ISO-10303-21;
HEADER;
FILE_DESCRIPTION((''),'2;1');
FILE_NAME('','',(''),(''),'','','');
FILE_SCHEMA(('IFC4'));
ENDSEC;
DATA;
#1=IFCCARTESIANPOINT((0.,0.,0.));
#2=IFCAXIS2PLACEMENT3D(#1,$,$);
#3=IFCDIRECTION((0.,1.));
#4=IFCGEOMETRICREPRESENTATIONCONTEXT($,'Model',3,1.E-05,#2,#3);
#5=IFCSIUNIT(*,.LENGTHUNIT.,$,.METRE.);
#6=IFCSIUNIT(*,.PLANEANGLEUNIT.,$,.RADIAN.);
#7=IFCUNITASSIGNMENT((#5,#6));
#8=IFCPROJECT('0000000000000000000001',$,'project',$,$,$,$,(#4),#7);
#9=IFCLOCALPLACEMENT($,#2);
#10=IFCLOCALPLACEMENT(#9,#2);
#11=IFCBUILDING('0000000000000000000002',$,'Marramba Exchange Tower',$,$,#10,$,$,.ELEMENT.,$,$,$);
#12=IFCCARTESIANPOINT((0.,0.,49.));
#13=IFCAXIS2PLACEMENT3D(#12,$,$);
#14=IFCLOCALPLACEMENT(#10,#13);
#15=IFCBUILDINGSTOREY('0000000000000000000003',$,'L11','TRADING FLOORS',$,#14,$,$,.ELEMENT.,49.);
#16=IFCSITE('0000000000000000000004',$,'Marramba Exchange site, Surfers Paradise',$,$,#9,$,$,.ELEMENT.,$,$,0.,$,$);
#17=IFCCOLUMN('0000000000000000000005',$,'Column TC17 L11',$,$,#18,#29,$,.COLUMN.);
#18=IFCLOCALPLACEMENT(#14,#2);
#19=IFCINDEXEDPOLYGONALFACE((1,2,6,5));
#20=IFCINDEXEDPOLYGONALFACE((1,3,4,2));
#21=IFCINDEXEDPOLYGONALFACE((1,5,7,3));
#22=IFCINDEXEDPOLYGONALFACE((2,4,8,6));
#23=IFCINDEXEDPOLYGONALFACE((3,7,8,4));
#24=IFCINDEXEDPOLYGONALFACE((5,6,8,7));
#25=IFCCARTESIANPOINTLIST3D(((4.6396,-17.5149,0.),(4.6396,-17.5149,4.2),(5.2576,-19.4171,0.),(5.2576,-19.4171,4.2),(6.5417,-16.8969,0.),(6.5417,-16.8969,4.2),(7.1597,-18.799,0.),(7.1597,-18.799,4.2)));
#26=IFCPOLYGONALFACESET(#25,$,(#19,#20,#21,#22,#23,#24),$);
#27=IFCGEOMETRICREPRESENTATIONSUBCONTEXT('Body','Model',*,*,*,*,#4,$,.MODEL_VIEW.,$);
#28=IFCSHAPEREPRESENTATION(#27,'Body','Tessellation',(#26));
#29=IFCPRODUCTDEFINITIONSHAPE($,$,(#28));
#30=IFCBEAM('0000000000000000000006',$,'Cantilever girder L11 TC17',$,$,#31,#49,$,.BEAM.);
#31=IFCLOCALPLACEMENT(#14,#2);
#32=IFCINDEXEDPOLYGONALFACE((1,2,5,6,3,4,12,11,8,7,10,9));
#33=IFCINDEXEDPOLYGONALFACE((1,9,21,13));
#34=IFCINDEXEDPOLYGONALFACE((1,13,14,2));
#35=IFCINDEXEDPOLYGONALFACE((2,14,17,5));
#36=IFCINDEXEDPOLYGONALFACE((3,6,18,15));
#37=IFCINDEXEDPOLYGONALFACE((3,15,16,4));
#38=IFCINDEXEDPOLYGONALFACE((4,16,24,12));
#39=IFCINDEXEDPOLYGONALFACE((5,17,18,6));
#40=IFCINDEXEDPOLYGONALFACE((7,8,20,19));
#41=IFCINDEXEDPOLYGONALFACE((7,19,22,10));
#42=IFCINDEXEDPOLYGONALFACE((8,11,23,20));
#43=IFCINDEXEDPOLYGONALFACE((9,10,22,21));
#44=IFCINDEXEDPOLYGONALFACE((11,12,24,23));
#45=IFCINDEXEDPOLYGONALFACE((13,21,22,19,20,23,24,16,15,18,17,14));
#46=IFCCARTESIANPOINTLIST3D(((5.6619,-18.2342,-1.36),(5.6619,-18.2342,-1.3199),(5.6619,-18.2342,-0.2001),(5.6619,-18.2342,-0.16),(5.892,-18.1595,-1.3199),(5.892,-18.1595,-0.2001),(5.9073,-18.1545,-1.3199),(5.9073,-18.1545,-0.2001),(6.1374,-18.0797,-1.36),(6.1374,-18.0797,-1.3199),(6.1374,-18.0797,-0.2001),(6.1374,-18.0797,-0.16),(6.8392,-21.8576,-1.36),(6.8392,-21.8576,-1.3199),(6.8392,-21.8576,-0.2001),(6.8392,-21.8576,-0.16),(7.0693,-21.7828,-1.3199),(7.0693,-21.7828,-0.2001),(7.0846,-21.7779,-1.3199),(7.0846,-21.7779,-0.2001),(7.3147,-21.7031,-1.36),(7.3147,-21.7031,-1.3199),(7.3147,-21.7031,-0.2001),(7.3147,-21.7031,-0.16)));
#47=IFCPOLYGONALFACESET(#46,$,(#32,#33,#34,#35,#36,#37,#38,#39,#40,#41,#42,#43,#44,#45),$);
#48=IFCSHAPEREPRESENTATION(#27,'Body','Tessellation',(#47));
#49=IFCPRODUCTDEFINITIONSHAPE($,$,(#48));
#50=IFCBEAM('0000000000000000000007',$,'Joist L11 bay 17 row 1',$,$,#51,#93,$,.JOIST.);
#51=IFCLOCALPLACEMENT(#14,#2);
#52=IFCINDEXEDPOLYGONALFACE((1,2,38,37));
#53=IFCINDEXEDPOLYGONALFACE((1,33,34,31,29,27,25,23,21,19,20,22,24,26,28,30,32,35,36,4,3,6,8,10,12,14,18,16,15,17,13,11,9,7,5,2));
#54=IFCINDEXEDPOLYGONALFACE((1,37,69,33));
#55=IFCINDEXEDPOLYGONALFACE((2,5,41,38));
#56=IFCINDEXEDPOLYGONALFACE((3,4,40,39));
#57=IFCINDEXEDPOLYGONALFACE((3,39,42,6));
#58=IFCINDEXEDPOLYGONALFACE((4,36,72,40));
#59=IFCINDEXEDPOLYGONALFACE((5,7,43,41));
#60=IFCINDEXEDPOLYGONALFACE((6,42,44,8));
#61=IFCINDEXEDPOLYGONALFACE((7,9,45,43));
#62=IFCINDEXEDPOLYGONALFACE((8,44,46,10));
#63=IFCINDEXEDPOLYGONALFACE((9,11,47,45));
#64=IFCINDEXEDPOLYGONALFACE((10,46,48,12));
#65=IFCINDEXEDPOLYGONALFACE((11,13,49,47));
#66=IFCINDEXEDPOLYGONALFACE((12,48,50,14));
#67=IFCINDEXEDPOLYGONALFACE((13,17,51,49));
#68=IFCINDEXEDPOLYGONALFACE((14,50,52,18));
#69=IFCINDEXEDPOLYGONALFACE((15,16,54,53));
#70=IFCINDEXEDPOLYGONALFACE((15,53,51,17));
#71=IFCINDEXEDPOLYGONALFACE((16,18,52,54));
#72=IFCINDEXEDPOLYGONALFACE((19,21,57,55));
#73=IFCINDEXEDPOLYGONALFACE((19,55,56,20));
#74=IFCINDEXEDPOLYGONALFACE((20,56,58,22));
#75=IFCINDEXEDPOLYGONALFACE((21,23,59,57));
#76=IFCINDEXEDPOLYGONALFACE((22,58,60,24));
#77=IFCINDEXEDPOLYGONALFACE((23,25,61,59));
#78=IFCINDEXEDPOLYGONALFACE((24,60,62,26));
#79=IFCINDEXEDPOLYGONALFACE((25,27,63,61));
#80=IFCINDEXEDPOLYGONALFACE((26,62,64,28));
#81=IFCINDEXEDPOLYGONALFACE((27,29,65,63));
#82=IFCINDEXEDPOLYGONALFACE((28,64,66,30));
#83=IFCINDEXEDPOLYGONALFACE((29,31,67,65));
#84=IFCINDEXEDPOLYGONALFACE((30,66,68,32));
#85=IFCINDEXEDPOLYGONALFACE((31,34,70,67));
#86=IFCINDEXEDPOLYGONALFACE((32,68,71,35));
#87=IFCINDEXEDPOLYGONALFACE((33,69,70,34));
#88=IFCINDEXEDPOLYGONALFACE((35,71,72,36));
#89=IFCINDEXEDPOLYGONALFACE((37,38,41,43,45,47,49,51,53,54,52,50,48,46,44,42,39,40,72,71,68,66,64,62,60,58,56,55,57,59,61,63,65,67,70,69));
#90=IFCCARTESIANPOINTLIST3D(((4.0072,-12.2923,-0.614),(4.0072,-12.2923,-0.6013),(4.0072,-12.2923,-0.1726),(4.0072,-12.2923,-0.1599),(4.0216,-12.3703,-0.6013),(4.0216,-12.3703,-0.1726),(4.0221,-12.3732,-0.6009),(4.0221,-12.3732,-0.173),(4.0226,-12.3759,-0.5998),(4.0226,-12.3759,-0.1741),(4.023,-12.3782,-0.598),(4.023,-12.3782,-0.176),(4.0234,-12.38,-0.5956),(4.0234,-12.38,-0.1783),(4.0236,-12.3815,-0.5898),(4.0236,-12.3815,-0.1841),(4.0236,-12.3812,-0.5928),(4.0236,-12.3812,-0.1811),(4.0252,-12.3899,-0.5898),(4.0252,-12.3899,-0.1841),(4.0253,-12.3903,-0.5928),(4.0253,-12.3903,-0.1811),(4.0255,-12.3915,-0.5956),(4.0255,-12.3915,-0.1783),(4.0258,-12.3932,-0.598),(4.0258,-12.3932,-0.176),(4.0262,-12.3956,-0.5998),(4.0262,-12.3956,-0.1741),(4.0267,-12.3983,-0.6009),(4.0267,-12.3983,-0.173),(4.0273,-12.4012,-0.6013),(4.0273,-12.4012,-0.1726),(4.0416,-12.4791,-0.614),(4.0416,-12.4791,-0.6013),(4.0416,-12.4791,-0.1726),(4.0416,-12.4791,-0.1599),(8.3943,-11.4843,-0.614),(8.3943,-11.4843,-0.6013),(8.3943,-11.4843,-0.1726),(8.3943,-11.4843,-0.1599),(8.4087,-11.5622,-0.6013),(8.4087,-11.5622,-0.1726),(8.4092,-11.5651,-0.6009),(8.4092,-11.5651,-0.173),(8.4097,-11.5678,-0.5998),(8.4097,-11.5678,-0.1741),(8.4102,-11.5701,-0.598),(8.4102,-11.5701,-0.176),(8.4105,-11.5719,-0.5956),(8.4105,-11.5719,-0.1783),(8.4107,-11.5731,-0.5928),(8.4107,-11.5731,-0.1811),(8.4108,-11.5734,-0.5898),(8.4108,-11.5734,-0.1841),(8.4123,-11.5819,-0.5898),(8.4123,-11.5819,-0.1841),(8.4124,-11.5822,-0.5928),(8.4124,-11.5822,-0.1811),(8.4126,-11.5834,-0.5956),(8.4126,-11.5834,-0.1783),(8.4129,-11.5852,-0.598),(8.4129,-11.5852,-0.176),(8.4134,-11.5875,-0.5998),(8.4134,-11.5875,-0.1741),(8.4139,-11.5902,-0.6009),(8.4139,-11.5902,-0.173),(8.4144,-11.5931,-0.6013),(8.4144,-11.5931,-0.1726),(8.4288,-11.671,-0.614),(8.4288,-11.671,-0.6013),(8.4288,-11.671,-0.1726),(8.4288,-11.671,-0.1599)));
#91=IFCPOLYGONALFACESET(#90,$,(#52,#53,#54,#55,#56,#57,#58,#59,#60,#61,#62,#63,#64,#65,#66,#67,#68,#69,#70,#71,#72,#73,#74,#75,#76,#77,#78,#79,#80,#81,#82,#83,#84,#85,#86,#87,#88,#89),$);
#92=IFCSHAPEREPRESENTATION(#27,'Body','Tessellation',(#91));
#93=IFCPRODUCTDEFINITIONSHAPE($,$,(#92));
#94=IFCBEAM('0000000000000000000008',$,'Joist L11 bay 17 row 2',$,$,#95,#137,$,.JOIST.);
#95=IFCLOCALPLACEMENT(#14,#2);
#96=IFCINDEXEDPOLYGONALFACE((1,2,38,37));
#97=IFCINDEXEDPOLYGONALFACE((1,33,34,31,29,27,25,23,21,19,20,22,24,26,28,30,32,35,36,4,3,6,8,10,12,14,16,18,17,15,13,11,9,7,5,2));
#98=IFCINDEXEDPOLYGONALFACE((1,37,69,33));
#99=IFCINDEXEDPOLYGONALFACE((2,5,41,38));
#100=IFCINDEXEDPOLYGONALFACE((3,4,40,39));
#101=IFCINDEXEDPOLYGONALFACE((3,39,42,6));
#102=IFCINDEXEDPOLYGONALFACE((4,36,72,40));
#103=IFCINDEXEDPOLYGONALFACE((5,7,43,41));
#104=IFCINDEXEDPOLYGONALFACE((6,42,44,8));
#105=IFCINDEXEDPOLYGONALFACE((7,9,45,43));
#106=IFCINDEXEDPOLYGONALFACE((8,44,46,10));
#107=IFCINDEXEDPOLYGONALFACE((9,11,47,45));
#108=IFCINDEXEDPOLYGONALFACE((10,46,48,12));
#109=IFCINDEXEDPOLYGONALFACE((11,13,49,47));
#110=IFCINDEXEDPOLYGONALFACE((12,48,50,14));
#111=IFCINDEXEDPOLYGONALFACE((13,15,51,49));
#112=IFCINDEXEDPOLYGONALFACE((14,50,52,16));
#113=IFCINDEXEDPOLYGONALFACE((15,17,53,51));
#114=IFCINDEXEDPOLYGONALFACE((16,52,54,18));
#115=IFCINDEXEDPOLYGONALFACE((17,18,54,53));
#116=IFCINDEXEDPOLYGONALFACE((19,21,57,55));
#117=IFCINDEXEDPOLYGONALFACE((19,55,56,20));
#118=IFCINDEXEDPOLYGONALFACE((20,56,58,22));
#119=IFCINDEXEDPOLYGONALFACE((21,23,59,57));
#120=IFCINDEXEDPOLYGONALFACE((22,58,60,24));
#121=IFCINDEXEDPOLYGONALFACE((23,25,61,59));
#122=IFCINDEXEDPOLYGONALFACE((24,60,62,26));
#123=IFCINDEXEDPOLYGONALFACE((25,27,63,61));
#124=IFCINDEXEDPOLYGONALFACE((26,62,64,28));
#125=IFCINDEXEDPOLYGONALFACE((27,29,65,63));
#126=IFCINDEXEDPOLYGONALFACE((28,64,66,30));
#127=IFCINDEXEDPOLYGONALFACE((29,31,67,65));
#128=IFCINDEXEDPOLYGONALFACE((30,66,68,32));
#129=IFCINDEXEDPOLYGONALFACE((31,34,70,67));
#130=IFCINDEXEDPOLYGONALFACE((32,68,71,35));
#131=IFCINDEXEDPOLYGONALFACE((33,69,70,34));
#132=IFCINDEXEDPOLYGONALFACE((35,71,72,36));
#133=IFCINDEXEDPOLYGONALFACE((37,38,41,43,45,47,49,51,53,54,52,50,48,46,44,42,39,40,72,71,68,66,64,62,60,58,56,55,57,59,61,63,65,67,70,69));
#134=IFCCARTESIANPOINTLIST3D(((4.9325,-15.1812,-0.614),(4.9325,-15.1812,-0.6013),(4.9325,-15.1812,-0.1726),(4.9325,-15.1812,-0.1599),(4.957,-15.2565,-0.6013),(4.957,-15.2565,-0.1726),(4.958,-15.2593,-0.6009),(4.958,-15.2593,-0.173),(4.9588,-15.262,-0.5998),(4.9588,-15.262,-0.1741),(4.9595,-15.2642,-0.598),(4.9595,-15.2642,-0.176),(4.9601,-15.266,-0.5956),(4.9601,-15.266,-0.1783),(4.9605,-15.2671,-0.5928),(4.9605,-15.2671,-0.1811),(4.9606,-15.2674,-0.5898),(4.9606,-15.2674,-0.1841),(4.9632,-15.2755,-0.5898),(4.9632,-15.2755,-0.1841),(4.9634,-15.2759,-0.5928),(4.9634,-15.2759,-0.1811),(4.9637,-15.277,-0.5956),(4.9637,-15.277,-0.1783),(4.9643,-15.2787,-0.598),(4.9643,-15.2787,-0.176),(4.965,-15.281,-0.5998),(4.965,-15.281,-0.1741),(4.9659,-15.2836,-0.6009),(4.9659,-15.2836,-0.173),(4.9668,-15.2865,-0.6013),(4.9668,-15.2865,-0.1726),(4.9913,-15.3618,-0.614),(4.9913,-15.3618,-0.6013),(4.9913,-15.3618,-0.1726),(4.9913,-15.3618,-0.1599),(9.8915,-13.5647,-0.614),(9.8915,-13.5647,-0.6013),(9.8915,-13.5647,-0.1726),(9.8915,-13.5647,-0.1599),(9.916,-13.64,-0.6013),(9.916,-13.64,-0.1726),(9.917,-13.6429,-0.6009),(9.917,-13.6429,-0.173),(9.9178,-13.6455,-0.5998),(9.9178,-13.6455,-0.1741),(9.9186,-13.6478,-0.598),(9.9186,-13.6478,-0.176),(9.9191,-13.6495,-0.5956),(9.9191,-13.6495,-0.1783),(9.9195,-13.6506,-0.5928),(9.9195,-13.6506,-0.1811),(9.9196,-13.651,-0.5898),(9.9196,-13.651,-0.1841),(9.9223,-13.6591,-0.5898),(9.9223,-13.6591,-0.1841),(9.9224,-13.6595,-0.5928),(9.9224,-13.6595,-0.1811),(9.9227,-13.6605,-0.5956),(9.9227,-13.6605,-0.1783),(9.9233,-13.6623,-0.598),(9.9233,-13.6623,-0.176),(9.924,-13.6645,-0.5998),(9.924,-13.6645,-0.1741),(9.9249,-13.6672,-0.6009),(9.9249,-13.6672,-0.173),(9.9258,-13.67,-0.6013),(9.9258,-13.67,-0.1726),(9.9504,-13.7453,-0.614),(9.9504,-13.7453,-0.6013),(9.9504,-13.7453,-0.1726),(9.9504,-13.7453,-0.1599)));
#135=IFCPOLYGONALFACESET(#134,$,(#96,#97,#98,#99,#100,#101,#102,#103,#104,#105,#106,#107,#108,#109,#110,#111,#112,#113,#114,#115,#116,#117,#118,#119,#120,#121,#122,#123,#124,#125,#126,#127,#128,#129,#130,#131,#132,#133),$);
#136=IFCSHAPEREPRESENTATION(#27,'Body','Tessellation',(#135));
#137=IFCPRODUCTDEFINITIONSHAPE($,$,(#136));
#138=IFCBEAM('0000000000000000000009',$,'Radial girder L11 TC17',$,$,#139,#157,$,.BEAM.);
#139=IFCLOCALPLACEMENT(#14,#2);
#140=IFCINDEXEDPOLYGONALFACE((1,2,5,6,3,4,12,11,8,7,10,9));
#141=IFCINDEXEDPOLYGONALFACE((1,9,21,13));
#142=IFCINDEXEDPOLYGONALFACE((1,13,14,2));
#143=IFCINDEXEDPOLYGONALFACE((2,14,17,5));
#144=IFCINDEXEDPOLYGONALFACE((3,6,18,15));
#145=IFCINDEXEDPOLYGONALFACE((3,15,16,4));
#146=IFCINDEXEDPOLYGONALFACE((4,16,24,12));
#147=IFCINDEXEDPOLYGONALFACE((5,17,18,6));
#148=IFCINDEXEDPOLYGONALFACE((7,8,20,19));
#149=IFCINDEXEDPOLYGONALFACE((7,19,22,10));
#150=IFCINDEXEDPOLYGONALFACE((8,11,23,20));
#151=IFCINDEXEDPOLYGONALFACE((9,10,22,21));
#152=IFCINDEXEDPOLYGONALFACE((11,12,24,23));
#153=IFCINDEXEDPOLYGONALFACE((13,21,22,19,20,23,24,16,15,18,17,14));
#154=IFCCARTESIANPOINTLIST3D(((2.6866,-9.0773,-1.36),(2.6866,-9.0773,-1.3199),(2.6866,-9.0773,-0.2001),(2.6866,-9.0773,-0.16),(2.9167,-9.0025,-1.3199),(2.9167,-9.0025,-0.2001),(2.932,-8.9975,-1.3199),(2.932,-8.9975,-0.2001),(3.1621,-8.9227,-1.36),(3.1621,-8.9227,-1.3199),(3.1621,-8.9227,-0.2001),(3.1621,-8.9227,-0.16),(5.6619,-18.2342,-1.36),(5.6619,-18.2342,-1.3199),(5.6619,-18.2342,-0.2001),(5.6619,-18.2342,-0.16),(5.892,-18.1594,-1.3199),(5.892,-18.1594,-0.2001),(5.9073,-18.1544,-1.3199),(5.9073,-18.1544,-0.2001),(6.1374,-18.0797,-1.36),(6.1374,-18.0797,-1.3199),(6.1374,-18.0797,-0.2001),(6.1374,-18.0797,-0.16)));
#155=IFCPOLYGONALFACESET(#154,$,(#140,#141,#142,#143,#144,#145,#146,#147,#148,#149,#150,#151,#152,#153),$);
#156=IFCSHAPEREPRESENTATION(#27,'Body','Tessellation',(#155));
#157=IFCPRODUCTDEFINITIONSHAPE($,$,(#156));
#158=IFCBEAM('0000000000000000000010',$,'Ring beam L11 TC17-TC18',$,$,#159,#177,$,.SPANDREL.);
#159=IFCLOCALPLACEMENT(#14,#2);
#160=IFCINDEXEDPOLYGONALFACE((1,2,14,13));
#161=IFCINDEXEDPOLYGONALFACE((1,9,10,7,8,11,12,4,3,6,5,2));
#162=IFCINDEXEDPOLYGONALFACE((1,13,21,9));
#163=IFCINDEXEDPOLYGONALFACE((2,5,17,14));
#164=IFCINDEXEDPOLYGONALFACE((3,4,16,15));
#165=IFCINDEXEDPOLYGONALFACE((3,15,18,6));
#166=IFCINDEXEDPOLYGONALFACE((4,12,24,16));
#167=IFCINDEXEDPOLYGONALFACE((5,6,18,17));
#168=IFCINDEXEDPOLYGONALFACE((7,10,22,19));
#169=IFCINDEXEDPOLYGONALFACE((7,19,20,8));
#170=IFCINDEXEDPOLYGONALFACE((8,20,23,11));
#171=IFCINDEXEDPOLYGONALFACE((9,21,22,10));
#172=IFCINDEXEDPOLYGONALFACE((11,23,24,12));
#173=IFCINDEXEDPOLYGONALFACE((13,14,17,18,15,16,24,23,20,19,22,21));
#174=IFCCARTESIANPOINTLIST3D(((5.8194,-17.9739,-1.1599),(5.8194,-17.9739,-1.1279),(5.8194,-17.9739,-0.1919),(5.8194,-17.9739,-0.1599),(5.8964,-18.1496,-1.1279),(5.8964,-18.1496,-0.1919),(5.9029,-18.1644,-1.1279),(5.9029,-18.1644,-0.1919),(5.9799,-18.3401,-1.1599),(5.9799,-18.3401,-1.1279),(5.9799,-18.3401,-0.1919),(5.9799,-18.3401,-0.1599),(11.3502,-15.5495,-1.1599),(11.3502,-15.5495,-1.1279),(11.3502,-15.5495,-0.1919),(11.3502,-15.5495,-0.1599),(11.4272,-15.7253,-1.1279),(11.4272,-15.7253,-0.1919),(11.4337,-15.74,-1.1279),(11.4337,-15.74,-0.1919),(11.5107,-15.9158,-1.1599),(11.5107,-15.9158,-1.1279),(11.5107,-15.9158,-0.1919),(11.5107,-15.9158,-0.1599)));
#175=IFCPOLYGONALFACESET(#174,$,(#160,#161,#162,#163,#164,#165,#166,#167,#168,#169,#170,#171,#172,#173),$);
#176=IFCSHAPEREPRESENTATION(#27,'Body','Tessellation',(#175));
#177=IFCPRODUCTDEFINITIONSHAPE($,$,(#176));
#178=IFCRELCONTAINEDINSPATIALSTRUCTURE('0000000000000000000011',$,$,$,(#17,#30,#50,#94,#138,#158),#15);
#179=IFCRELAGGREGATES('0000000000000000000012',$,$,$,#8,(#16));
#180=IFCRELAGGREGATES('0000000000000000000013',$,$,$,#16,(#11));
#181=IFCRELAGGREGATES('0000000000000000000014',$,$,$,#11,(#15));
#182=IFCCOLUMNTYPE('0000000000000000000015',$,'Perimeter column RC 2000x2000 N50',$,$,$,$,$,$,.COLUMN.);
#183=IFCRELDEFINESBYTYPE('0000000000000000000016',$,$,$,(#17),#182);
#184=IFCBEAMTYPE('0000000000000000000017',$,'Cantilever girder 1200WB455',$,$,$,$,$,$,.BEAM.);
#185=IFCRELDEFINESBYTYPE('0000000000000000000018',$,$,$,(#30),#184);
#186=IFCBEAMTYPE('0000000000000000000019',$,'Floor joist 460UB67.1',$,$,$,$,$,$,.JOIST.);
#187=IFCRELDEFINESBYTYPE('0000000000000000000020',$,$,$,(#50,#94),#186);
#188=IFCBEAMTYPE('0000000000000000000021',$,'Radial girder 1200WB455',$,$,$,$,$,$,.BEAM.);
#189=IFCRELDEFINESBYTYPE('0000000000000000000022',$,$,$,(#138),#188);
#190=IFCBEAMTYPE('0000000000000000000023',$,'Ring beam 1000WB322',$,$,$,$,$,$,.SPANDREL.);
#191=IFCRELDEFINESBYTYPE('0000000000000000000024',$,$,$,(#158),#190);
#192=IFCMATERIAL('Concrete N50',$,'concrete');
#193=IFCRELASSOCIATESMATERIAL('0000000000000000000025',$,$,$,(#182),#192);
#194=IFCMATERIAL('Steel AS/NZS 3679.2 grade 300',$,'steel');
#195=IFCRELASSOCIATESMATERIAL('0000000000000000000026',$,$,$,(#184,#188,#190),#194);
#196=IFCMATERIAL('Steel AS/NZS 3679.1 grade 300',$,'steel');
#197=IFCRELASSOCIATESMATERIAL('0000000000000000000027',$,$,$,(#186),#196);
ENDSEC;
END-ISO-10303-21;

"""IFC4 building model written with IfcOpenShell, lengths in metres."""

from ifc_helpers import new_model, si_unit, direction, frame, origin, origin_2d, place, context, subcontext, project, spatial, rectangle, i_section, extrude, material, material_profile, profile_set, type_object, element, save


model = new_model("IFC4")

# Units and contexts
model_context = context("Model", 3, precision=1e-05, world=origin(), true_north=direction((0.0, 1.0)))
body_context = subcontext(model_context, "Body", "Model", "MODEL_VIEW")
ifc_project = project(units=[si_unit("LENGTHUNIT", "METRE"), si_unit("PLANEANGLEUNIT", "RADIAN")], contexts=[model_context])

# Site, building, storey
site_placement = place(None, origin())
site = spatial("IfcSite", under=ifc_project, at=site_placement, Name="Marramba Exchange site, Surfers Paradise", CompositionType="ELEMENT", RefElevation=0.0)
building_placement = place(site_placement, origin())
building = spatial("IfcBuilding", under=site, at=building_placement, Name="Marramba Exchange Tower", CompositionType="ELEMENT")
storey_placement = place(building_placement, frame((0.0, 0.0, 49.0)))
storey = spatial("IfcBuildingStorey", under=building, at=storey_placement, Name="L11", Description="TRADING FLOORS", CompositionType="ELEMENT", Elevation=49.0)

# Column
ifc_material_1 = material(Name="Concrete N50", Category="concrete")
ifc_material_profile_1 = material_profile(ifc_material_1, rectangle(XDim=2.0, YDim=2.0, at=origin_2d()), Name="RC 2000x2000")
ifc_profile_set_1 = profile_set([ifc_material_profile_1], Name="Concrete N50")
column_type = type_object("IfcColumnType", Name="Perimeter column RC 2000x2000 N50", PredefinedType="COLUMN", material=ifc_profile_set_1)
column_placement = place(storey_placement, frame((5.8997, -18.157, 0.0), z_axis=(0.0, 0.0, 1.0), x_axis=(0.309017, -0.951057, 0.0)))
element("IfcColumn", 1, at=column_placement, inside=storey, type_object=column_type, Name="Column TC17 L11", PredefinedType="COLUMN", context=body_context, shape_type="SweptSolid", body=[
    extrude(rectangle(XDim=2.0, YDim=2.0, at=origin_2d()), origin(), (0.0, 0.0, 1.0), 4.2),
])

# Beams
ifc_material_2 = material(Name="Steel AS/NZS 3679.2 grade 300", Category="steel")
ifc_material_profile_2 = material_profile(ifc_material_2, i_section(OverallWidth=0.5, OverallDepth=1.2, WebThickness=0.0161, FlangeThickness=0.04, at=origin_2d()), Name="1200WB455")
ifc_profile_set_2 = profile_set([ifc_material_profile_2], Name="Steel AS/NZS 3679.2 grade 300")
beam_type_1 = type_object("IfcBeamType", Name="Cantilever girder 1200WB455", PredefinedType="BEAM", material=ifc_profile_set_2)
beam_1_placement = place(storey_placement, frame((5.8997, -18.157, -0.76), z_axis=(0.309009, -0.951059, 0.0), x_axis=(0.951059, 0.309009, 0.0)))
element("IfcBeam", 2, at=beam_1_placement, inside=storey, type_object=beam_type_1, Name="Cantilever girder L11 TC17", PredefinedType="BEAM", context=body_context, shape_type="SweptSolid", body=[
    extrude(i_section(OverallWidth=0.5, OverallDepth=1.2, WebThickness=0.0161, FlangeThickness=0.04, at=origin_2d()), origin(), (0.0, 0.0, 1.0), 3.8098),
])
ifc_material_3 = material(Name="Steel AS/NZS 3679.1 grade 300", Category="steel")
ifc_material_profile_3 = material_profile(ifc_material_3, i_section(OverallWidth=0.1899, OverallDepth=0.4541, WebThickness=0.0085, FlangeThickness=0.0127, FilletRadius=0.0115, at=origin_2d()), Name="460UB67.1")
ifc_profile_set_3 = profile_set([ifc_material_profile_3], Name="Steel AS/NZS 3679.1 grade 300")
beam_type_2 = type_object("IfcBeamType", Name="Floor joist 460UB67.1", PredefinedType="JOIST", material=ifc_profile_set_3)
beam_2_placement = place(storey_placement, frame((4.0244, -12.3857, -0.387), z_axis=(0.983456, 0.181149, 0.0), x_axis=(-0.181149, 0.983456, 0.0)))
element("IfcBeam", 3, at=beam_2_placement, inside=storey, type_object=beam_type_2, Name="Joist L11 bay 17 row 1", PredefinedType="JOIST", context=body_context, shape_type="SweptSolid", body=[
    extrude(i_section(OverallWidth=0.1899, OverallDepth=0.4541, WebThickness=0.0085, FlangeThickness=0.0127, FilletRadius=0.0115, at=origin_2d()), origin(), (0.0, 0.0, 1.0), 4.4609),
])
beam_3_placement = place(storey_placement, frame((4.9619, -15.2715, -0.387), z_axis=(0.950764, 0.309916, 0.0), x_axis=(-0.309916, 0.950764, 0.0)))
element("IfcBeam", 4, at=beam_3_placement, inside=storey, type_object=beam_type_2, Name="Joist L11 bay 17 row 2", PredefinedType="JOIST", context=body_context, shape_type="SweptSolid", body=[
    extrude(i_section(OverallWidth=0.1899, OverallDepth=0.4541, WebThickness=0.0085, FlangeThickness=0.0127, FilletRadius=0.0115, at=origin_2d()), origin(), (0.0, 0.0, 1.0), 5.2158),
])
ifc_material_profile_4 = material_profile(ifc_material_2, i_section(OverallWidth=0.5, OverallDepth=1.2, WebThickness=0.0161, FlangeThickness=0.04, at=origin_2d()), Name="1200WB455")
ifc_profile_set_4 = profile_set([ifc_material_profile_4], Name="Steel AS/NZS 3679.2 grade 300")
beam_type_3 = type_object("IfcBeamType", Name="Radial girder 1200WB455", PredefinedType="BEAM", material=ifc_profile_set_4)
beam_4_placement = place(storey_placement, frame((2.9243, -9.0, -0.76), z_axis=(0.309022, -0.951055, 0.0), x_axis=(0.951055, 0.309022, 0.0)))
element("IfcBeam", 5, at=beam_4_placement, inside=storey, type_object=beam_type_3, Name="Radial girder L11 TC17", PredefinedType="BEAM", context=body_context, shape_type="SweptSolid", body=[
    extrude(i_section(OverallWidth=0.5, OverallDepth=1.2, WebThickness=0.0161, FlangeThickness=0.04, at=origin_2d()), origin(), (0.0, 0.0, 1.0), 9.6282),
])
ifc_material_profile_5 = material_profile(ifc_material_2, i_section(OverallWidth=0.3999, OverallDepth=1.0, WebThickness=0.0161, FlangeThickness=0.032, at=origin_2d()), Name="1000WB322")
ifc_profile_set_5 = profile_set([ifc_material_profile_5], Name="Steel AS/NZS 3679.2 grade 300")
beam_type_4 = type_object("IfcBeamType", Name="Ring beam 1000WB322", PredefinedType="SPANDREL", material=ifc_profile_set_5)
beam_5_placement = place(storey_placement, frame((5.8997, -18.157, -0.6599), z_axis=(0.915877, 0.401459, 0.0), x_axis=(-0.401459, 0.915877, 0.0)))
element("IfcBeam", 6, at=beam_5_placement, inside=storey, type_object=beam_type_4, Name="Ring beam L11 TC17-TC18", PredefinedType="SPANDREL", context=body_context, shape_type="SweptSolid", body=[
    extrude(i_section(OverallWidth=0.3999, OverallDepth=1.0, WebThickness=0.0161, FlangeThickness=0.032, at=origin_2d()), origin(), (0.0, 0.0, 1.0), 6.0388),
])

save(model, "model.ifc")
